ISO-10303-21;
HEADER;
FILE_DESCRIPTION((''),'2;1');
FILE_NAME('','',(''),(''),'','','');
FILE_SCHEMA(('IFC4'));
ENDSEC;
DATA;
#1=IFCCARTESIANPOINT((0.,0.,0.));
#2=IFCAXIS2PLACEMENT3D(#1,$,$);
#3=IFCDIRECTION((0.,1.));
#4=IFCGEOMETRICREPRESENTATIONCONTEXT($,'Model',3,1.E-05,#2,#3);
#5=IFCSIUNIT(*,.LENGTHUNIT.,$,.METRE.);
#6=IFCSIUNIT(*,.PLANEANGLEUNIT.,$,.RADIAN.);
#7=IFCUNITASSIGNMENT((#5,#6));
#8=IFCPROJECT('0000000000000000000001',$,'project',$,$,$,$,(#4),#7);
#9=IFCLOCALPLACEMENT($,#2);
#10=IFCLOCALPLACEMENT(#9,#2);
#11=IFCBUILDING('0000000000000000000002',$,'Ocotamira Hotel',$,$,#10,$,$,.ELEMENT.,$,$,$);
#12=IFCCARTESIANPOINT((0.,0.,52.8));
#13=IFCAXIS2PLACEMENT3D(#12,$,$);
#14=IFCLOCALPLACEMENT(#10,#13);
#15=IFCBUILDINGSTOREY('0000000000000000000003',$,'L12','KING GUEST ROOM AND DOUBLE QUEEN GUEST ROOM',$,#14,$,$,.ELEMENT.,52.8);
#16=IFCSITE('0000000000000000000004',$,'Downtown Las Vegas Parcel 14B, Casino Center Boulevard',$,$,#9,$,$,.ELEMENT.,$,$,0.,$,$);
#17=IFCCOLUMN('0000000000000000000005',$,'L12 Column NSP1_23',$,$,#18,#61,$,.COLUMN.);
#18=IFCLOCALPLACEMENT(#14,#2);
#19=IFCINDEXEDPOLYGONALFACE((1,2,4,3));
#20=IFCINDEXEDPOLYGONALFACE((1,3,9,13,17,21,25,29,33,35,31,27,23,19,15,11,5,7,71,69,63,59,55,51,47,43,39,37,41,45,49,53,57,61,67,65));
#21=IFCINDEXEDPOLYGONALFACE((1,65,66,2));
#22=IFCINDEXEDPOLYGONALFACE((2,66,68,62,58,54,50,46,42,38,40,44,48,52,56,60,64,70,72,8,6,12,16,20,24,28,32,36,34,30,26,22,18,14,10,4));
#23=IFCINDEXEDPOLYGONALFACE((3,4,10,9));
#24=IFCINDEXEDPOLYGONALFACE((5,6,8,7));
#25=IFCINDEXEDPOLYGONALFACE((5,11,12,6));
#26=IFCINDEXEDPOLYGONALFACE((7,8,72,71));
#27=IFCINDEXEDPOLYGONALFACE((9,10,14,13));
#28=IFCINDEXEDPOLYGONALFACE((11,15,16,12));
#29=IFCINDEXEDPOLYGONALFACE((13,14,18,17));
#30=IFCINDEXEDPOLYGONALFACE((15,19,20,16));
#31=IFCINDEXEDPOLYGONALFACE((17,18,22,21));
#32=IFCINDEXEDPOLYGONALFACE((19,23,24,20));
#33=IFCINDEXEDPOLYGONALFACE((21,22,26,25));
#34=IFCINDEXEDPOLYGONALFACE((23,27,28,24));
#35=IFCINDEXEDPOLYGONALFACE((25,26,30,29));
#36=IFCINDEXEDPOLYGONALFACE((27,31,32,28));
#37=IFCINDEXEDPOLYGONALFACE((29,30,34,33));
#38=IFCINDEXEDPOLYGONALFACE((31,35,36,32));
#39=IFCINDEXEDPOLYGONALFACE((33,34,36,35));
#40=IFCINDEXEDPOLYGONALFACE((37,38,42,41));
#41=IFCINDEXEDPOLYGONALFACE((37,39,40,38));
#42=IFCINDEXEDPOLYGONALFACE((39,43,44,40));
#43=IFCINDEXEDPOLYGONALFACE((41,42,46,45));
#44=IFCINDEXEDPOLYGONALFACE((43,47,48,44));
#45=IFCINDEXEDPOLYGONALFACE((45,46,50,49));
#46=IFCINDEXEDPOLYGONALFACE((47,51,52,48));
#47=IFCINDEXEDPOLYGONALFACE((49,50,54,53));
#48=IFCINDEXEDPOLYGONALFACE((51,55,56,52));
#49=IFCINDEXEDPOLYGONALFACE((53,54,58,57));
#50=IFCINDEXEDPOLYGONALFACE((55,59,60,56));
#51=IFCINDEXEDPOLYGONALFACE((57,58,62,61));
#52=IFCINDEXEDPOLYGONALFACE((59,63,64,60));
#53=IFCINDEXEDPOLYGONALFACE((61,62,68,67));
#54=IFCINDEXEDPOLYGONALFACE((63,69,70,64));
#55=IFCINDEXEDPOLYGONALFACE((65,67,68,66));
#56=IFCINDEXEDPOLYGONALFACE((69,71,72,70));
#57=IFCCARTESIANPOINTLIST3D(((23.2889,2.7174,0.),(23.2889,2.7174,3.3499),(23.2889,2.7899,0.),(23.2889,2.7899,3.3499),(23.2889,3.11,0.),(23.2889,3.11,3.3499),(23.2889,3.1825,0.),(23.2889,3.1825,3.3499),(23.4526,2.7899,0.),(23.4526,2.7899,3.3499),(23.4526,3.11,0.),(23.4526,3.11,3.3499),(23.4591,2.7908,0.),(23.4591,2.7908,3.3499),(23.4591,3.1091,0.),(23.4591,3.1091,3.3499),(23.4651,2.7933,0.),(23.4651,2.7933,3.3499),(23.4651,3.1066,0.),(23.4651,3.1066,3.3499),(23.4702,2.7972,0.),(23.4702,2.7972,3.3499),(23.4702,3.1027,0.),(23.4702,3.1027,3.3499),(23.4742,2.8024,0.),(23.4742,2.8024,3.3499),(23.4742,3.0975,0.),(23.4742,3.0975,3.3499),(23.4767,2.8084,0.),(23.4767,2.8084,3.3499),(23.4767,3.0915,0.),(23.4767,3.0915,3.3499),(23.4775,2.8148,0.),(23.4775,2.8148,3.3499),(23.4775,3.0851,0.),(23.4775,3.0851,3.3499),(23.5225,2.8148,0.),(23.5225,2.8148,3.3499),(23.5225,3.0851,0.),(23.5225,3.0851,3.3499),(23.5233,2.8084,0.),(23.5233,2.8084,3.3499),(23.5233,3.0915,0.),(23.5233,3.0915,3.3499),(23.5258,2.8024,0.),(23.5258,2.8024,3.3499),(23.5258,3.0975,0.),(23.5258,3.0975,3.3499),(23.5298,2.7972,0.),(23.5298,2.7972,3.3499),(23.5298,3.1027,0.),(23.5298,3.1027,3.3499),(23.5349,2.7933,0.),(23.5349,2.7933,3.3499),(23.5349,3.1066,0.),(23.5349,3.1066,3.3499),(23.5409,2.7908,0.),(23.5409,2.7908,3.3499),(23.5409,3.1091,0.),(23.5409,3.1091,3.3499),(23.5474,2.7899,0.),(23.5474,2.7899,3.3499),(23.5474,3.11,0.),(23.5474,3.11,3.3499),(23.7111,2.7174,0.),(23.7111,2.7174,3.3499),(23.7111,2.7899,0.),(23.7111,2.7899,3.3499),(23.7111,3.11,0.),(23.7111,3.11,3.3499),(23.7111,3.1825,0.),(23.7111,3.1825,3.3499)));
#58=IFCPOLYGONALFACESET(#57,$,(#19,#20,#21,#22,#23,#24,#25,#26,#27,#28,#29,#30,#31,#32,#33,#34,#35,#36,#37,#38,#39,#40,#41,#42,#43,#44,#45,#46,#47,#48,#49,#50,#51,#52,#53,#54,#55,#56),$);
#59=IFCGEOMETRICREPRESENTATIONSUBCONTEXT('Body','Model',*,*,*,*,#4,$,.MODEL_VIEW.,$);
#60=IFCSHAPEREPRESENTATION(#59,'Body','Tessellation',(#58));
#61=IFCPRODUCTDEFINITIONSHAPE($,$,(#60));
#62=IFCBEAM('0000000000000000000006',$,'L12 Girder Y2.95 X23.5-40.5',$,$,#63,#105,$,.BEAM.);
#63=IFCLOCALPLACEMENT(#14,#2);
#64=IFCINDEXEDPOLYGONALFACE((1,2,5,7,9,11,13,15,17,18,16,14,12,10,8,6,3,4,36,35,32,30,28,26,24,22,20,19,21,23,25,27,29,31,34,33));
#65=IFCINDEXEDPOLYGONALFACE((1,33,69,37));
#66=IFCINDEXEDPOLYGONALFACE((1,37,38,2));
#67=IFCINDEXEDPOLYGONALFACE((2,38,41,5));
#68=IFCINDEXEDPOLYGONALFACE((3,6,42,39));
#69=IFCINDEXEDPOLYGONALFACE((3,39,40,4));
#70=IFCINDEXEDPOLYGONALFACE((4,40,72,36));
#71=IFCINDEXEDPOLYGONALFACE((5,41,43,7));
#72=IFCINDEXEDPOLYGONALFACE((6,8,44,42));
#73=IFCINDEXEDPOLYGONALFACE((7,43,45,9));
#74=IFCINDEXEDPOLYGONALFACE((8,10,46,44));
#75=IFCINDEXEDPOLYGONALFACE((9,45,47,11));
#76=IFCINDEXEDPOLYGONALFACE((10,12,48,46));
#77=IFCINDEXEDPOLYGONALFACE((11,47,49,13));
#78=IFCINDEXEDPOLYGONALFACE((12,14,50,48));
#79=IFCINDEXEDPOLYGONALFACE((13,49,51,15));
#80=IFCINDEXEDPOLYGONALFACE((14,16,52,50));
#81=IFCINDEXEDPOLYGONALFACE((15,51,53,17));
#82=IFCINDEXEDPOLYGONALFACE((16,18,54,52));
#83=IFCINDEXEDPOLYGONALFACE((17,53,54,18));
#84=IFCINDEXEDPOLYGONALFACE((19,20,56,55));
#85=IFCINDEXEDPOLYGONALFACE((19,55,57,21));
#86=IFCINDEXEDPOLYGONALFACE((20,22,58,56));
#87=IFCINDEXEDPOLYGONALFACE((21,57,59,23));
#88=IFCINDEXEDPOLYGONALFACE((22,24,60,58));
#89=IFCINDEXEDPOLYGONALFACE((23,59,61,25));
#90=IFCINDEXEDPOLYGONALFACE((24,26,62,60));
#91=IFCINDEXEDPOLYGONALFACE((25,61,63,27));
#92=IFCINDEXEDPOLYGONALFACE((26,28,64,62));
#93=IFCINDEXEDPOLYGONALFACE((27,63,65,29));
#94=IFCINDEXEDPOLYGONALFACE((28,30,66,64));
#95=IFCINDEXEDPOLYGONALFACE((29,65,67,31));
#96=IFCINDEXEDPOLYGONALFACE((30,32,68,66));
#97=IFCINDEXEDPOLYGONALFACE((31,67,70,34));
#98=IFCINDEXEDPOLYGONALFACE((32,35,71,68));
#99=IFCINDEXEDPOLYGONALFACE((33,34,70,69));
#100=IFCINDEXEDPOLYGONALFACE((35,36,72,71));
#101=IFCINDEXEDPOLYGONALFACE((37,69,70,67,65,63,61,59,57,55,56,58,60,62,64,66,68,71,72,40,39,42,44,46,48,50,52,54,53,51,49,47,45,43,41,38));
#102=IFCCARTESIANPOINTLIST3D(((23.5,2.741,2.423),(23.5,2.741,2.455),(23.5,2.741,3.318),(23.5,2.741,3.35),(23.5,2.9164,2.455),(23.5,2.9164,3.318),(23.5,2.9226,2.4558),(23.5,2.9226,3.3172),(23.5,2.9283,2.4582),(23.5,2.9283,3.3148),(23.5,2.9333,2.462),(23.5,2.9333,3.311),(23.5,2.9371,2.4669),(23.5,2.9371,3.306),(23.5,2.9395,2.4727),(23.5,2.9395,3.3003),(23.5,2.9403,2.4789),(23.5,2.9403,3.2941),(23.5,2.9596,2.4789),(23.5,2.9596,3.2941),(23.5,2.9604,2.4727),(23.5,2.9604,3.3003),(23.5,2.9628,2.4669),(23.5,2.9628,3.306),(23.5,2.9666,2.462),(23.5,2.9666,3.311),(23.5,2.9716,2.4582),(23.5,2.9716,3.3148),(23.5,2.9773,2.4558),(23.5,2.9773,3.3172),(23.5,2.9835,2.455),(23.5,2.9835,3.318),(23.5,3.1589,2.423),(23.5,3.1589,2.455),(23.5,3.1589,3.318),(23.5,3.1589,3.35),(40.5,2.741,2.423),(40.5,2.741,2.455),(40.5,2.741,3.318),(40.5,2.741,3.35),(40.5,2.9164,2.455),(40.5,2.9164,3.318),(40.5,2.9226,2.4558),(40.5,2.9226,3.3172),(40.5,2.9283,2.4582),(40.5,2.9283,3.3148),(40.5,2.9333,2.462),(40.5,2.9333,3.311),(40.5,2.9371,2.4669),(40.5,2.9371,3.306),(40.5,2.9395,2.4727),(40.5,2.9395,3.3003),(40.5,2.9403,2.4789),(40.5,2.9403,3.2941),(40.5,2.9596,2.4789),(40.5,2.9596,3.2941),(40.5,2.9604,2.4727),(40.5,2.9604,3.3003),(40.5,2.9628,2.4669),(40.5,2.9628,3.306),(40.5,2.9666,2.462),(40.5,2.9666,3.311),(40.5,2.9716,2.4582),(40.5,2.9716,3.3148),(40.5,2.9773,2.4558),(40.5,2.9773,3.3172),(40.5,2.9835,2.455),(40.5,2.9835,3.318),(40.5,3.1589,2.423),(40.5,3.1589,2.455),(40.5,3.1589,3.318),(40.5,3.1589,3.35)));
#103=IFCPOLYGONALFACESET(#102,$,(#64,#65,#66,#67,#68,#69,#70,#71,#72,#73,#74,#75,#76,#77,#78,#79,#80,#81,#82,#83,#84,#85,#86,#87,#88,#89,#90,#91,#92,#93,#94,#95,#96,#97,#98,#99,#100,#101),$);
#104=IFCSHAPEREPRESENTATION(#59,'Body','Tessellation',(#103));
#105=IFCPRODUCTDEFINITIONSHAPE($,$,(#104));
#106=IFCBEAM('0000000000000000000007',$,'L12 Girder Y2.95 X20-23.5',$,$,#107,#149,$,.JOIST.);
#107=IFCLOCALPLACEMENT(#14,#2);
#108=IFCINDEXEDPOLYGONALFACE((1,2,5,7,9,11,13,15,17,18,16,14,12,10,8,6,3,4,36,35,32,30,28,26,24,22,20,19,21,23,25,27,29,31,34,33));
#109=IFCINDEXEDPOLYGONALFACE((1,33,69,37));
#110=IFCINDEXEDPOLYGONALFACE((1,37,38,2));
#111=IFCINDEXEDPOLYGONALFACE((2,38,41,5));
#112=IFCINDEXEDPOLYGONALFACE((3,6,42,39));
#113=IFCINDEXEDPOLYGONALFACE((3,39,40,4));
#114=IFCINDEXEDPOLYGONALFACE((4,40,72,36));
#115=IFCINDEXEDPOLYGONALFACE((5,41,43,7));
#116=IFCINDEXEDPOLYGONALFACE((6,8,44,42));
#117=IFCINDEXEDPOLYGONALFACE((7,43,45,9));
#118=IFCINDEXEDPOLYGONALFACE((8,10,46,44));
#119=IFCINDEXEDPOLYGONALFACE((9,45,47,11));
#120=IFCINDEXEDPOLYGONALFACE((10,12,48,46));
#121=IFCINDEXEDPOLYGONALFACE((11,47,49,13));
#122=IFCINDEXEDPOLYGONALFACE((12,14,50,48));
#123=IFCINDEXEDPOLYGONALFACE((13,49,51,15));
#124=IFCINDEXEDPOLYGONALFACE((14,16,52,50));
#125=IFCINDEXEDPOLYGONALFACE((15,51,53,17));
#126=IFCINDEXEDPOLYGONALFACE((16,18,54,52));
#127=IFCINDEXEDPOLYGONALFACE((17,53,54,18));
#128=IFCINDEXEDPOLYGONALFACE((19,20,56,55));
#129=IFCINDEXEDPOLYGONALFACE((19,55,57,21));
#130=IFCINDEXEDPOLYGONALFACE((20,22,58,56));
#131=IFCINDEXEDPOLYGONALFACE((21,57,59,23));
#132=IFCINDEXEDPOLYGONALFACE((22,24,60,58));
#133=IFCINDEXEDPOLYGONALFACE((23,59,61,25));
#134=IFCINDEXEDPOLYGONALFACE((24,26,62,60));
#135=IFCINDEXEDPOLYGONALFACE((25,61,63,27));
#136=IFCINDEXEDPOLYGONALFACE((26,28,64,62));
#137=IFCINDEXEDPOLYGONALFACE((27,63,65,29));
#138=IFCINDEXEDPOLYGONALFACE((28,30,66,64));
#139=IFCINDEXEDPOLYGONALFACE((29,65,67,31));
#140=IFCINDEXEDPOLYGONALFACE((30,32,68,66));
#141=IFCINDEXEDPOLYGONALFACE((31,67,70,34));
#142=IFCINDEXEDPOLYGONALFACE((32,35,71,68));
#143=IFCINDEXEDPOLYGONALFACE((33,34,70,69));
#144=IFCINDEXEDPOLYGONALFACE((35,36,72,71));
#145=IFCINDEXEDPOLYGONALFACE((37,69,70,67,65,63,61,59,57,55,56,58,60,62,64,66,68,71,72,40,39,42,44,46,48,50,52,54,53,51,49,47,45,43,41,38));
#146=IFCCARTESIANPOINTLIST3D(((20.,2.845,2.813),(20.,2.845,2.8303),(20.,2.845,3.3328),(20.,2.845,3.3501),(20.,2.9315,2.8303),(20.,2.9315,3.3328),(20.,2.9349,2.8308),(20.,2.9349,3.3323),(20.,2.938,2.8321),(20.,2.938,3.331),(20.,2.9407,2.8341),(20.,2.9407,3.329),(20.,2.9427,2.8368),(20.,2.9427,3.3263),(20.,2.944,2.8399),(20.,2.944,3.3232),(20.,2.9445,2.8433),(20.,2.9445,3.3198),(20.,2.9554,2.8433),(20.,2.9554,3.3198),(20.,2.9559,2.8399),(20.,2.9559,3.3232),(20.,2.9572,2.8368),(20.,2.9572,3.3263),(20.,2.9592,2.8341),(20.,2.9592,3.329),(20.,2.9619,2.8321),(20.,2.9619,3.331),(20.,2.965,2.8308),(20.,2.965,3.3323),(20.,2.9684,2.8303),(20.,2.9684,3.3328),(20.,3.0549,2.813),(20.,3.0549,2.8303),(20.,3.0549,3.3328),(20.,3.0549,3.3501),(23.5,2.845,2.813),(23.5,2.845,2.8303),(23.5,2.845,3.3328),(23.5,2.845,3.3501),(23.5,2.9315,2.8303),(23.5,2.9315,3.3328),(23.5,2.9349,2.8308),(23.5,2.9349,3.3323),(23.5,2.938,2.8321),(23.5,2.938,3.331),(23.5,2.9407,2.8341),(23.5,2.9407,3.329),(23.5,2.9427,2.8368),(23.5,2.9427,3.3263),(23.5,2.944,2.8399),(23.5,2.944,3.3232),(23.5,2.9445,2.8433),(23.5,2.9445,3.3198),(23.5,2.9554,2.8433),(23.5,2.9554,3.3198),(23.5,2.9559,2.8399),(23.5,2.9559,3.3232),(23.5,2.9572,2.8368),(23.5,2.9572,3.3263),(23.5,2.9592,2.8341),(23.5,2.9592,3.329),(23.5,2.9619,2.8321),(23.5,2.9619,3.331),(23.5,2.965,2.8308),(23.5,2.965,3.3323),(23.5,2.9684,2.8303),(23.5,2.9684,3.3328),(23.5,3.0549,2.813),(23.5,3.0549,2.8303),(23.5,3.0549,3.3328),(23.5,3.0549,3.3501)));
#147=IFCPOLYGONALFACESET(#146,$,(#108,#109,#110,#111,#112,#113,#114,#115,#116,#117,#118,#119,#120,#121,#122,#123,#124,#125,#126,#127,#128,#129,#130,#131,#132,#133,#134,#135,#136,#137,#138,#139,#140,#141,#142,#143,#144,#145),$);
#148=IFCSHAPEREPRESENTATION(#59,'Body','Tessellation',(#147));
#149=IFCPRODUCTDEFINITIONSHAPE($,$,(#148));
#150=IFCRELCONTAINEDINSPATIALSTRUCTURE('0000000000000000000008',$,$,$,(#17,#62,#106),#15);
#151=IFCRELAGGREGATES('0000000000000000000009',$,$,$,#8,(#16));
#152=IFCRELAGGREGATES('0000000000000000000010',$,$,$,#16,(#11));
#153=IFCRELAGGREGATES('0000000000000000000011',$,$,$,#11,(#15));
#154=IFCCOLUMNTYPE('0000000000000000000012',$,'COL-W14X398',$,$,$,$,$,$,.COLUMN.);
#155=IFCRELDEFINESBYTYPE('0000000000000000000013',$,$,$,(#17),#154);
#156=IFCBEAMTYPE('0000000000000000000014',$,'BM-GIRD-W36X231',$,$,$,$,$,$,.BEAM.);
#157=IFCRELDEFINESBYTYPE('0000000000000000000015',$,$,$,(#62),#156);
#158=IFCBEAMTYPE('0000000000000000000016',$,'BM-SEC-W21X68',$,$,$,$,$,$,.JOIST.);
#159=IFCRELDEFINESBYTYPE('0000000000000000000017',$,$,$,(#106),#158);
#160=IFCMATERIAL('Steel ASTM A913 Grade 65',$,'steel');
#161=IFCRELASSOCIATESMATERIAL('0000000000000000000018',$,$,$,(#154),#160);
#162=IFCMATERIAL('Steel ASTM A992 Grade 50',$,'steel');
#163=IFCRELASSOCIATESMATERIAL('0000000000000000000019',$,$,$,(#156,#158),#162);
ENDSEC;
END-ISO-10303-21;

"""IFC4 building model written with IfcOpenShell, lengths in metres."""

from ifc_helpers import new_model, si_unit, direction, frame, origin, origin_2d, place, context, subcontext, project, spatial, i_section, extrude, source, transform, mapped, material, material_profile, profile_set, type_object, element, save


model = new_model("IFC4")

# Units and contexts
model_context = context("Model", 3, precision=1e-05, world=origin(), true_north=direction((0.0, 1.0)))
body_context = subcontext(model_context, "Body", "Model", "MODEL_VIEW")
ifc_project = project(units=[si_unit("LENGTHUNIT", "METRE"), si_unit("PLANEANGLEUNIT", "RADIAN")], contexts=[model_context])

# Site, building, storey
site_placement = place(None, origin())
site = spatial("IfcSite", under=ifc_project, at=site_placement, Name="Downtown Las Vegas Parcel 14B, Casino Center Boulevard", CompositionType="ELEMENT", RefElevation=0.0)
building_placement = place(site_placement, origin())
building = spatial("IfcBuilding", under=site, at=building_placement, Name="Ocotamira Hotel", CompositionType="ELEMENT")
storey_placement = place(building_placement, frame((0.0, 0.0, 52.8)))
storey = spatial("IfcBuildingStorey", under=building, at=storey_placement, Name="L12", Description="KING GUEST ROOM AND DOUBLE QUEEN GUEST ROOM", CompositionType="ELEMENT", Elevation=52.8)

# Column
ifc_material_1 = material(Name="Steel ASTM A913 Grade 65", Category="steel")
ifc_material_profile_1 = material_profile(ifc_material_1, i_section(OverallWidth=0.4221, OverallDepth=0.4651, WebThickness=0.0449, FlangeThickness=0.0725, FilletRadius=0.0249, at=origin_2d()), Name="W14X398")
ifc_profile_set_1 = profile_set([ifc_material_profile_1], Name="Steel ASTM A913 Grade 65")
column_type = type_object("IfcColumnType", Name="COL-W14X398", PredefinedType="COLUMN", material=ifc_profile_set_1)
shared_shape_1 = source(origin(), body_context, "Body", "SweptSolid", [
    extrude(i_section(OverallWidth=0.4221, OverallDepth=0.4651, WebThickness=0.0449, FlangeThickness=0.0725, FilletRadius=0.0249, at=origin_2d()), origin(), (0.0, 0.0, 1.0), 3.3499),
])
column_placement = place(storey_placement, frame((23.5, 2.95, 0.0), z_axis=(0.0, 0.0, 1.0), x_axis=(1.0, 0.0, 0.0)))
element("IfcColumn", 1, at=column_placement, inside=storey, type_object=column_type, Name="L12 Column NSP1_23", PredefinedType="COLUMN", context=body_context, shape_type="MappedRepresentation", body=[
    mapped(shared_shape_1, transform((0.0, 0.0, 0.0), scale=1.0)),
])

# Beams
ifc_material_2 = material(Name="Steel ASTM A992 Grade 50", Category="steel")
ifc_material_profile_2 = material_profile(ifc_material_2, i_section(OverallWidth=0.418, OverallDepth=0.927, WebThickness=0.0193, FlangeThickness=0.032, FilletRadius=0.0239, at=origin_2d()), Name="W36X231")
ifc_profile_set_2 = profile_set([ifc_material_profile_2], Name="Steel ASTM A992 Grade 50")
beam_type_1 = type_object("IfcBeamType", Name="BM-GIRD-W36X231", PredefinedType="BEAM", material=ifc_profile_set_2)
shared_shape_2 = source(origin(), body_context, "Body", "SweptSolid", [
    extrude(i_section(OverallWidth=0.418, OverallDepth=0.927, WebThickness=0.0193, FlangeThickness=0.032, FilletRadius=0.0239, at=origin_2d()), origin(), (0.0, 0.0, 1.0), 17.0),
])
beam_1_placement = place(storey_placement, frame((23.5, 2.95, 2.8865), z_axis=(1.0, 0.0, 0.0), x_axis=(0.0, 1.0, 0.0)))
element("IfcBeam", 2, at=beam_1_placement, inside=storey, type_object=beam_type_1, Name="L12 Girder Y2.95 X23.5-40.5", PredefinedType="BEAM", context=body_context, shape_type="MappedRepresentation", body=[
    mapped(shared_shape_2, transform((0.0, 0.0, 0.0), scale=1.0)),
])
ifc_material_profile_3 = material_profile(ifc_material_2, i_section(OverallWidth=0.21, OverallDepth=0.5371, WebThickness=0.011, FlangeThickness=0.0173, FilletRadius=0.0129, at=origin_2d()), Name="W21X68")
ifc_profile_set_3 = profile_set([ifc_material_profile_3], Name="Steel ASTM A992 Grade 50")
beam_type_2 = type_object("IfcBeamType", Name="BM-SEC-W21X68", PredefinedType="JOIST", material=ifc_profile_set_3)
shared_shape_3 = source(origin(), body_context, "Body", "SweptSolid", [
    extrude(i_section(OverallWidth=0.21, OverallDepth=0.5371, WebThickness=0.011, FlangeThickness=0.0173, FilletRadius=0.0129, at=origin_2d()), origin(), (0.0, 0.0, 1.0), 3.5),
])
beam_2_placement = place(storey_placement, frame((20.0, 2.95, 3.0815), z_axis=(1.0, 0.0, 0.0), x_axis=(0.0, 1.0, 0.0)))
element("IfcBeam", 3, at=beam_2_placement, inside=storey, type_object=beam_type_2, Name="L12 Girder Y2.95 X20-23.5", PredefinedType="JOIST", context=body_context, shape_type="MappedRepresentation", body=[
    mapped(shared_shape_3, transform((0.0, 0.0, 0.0), scale=1.0)),
])

save(model, "model.ifc")
